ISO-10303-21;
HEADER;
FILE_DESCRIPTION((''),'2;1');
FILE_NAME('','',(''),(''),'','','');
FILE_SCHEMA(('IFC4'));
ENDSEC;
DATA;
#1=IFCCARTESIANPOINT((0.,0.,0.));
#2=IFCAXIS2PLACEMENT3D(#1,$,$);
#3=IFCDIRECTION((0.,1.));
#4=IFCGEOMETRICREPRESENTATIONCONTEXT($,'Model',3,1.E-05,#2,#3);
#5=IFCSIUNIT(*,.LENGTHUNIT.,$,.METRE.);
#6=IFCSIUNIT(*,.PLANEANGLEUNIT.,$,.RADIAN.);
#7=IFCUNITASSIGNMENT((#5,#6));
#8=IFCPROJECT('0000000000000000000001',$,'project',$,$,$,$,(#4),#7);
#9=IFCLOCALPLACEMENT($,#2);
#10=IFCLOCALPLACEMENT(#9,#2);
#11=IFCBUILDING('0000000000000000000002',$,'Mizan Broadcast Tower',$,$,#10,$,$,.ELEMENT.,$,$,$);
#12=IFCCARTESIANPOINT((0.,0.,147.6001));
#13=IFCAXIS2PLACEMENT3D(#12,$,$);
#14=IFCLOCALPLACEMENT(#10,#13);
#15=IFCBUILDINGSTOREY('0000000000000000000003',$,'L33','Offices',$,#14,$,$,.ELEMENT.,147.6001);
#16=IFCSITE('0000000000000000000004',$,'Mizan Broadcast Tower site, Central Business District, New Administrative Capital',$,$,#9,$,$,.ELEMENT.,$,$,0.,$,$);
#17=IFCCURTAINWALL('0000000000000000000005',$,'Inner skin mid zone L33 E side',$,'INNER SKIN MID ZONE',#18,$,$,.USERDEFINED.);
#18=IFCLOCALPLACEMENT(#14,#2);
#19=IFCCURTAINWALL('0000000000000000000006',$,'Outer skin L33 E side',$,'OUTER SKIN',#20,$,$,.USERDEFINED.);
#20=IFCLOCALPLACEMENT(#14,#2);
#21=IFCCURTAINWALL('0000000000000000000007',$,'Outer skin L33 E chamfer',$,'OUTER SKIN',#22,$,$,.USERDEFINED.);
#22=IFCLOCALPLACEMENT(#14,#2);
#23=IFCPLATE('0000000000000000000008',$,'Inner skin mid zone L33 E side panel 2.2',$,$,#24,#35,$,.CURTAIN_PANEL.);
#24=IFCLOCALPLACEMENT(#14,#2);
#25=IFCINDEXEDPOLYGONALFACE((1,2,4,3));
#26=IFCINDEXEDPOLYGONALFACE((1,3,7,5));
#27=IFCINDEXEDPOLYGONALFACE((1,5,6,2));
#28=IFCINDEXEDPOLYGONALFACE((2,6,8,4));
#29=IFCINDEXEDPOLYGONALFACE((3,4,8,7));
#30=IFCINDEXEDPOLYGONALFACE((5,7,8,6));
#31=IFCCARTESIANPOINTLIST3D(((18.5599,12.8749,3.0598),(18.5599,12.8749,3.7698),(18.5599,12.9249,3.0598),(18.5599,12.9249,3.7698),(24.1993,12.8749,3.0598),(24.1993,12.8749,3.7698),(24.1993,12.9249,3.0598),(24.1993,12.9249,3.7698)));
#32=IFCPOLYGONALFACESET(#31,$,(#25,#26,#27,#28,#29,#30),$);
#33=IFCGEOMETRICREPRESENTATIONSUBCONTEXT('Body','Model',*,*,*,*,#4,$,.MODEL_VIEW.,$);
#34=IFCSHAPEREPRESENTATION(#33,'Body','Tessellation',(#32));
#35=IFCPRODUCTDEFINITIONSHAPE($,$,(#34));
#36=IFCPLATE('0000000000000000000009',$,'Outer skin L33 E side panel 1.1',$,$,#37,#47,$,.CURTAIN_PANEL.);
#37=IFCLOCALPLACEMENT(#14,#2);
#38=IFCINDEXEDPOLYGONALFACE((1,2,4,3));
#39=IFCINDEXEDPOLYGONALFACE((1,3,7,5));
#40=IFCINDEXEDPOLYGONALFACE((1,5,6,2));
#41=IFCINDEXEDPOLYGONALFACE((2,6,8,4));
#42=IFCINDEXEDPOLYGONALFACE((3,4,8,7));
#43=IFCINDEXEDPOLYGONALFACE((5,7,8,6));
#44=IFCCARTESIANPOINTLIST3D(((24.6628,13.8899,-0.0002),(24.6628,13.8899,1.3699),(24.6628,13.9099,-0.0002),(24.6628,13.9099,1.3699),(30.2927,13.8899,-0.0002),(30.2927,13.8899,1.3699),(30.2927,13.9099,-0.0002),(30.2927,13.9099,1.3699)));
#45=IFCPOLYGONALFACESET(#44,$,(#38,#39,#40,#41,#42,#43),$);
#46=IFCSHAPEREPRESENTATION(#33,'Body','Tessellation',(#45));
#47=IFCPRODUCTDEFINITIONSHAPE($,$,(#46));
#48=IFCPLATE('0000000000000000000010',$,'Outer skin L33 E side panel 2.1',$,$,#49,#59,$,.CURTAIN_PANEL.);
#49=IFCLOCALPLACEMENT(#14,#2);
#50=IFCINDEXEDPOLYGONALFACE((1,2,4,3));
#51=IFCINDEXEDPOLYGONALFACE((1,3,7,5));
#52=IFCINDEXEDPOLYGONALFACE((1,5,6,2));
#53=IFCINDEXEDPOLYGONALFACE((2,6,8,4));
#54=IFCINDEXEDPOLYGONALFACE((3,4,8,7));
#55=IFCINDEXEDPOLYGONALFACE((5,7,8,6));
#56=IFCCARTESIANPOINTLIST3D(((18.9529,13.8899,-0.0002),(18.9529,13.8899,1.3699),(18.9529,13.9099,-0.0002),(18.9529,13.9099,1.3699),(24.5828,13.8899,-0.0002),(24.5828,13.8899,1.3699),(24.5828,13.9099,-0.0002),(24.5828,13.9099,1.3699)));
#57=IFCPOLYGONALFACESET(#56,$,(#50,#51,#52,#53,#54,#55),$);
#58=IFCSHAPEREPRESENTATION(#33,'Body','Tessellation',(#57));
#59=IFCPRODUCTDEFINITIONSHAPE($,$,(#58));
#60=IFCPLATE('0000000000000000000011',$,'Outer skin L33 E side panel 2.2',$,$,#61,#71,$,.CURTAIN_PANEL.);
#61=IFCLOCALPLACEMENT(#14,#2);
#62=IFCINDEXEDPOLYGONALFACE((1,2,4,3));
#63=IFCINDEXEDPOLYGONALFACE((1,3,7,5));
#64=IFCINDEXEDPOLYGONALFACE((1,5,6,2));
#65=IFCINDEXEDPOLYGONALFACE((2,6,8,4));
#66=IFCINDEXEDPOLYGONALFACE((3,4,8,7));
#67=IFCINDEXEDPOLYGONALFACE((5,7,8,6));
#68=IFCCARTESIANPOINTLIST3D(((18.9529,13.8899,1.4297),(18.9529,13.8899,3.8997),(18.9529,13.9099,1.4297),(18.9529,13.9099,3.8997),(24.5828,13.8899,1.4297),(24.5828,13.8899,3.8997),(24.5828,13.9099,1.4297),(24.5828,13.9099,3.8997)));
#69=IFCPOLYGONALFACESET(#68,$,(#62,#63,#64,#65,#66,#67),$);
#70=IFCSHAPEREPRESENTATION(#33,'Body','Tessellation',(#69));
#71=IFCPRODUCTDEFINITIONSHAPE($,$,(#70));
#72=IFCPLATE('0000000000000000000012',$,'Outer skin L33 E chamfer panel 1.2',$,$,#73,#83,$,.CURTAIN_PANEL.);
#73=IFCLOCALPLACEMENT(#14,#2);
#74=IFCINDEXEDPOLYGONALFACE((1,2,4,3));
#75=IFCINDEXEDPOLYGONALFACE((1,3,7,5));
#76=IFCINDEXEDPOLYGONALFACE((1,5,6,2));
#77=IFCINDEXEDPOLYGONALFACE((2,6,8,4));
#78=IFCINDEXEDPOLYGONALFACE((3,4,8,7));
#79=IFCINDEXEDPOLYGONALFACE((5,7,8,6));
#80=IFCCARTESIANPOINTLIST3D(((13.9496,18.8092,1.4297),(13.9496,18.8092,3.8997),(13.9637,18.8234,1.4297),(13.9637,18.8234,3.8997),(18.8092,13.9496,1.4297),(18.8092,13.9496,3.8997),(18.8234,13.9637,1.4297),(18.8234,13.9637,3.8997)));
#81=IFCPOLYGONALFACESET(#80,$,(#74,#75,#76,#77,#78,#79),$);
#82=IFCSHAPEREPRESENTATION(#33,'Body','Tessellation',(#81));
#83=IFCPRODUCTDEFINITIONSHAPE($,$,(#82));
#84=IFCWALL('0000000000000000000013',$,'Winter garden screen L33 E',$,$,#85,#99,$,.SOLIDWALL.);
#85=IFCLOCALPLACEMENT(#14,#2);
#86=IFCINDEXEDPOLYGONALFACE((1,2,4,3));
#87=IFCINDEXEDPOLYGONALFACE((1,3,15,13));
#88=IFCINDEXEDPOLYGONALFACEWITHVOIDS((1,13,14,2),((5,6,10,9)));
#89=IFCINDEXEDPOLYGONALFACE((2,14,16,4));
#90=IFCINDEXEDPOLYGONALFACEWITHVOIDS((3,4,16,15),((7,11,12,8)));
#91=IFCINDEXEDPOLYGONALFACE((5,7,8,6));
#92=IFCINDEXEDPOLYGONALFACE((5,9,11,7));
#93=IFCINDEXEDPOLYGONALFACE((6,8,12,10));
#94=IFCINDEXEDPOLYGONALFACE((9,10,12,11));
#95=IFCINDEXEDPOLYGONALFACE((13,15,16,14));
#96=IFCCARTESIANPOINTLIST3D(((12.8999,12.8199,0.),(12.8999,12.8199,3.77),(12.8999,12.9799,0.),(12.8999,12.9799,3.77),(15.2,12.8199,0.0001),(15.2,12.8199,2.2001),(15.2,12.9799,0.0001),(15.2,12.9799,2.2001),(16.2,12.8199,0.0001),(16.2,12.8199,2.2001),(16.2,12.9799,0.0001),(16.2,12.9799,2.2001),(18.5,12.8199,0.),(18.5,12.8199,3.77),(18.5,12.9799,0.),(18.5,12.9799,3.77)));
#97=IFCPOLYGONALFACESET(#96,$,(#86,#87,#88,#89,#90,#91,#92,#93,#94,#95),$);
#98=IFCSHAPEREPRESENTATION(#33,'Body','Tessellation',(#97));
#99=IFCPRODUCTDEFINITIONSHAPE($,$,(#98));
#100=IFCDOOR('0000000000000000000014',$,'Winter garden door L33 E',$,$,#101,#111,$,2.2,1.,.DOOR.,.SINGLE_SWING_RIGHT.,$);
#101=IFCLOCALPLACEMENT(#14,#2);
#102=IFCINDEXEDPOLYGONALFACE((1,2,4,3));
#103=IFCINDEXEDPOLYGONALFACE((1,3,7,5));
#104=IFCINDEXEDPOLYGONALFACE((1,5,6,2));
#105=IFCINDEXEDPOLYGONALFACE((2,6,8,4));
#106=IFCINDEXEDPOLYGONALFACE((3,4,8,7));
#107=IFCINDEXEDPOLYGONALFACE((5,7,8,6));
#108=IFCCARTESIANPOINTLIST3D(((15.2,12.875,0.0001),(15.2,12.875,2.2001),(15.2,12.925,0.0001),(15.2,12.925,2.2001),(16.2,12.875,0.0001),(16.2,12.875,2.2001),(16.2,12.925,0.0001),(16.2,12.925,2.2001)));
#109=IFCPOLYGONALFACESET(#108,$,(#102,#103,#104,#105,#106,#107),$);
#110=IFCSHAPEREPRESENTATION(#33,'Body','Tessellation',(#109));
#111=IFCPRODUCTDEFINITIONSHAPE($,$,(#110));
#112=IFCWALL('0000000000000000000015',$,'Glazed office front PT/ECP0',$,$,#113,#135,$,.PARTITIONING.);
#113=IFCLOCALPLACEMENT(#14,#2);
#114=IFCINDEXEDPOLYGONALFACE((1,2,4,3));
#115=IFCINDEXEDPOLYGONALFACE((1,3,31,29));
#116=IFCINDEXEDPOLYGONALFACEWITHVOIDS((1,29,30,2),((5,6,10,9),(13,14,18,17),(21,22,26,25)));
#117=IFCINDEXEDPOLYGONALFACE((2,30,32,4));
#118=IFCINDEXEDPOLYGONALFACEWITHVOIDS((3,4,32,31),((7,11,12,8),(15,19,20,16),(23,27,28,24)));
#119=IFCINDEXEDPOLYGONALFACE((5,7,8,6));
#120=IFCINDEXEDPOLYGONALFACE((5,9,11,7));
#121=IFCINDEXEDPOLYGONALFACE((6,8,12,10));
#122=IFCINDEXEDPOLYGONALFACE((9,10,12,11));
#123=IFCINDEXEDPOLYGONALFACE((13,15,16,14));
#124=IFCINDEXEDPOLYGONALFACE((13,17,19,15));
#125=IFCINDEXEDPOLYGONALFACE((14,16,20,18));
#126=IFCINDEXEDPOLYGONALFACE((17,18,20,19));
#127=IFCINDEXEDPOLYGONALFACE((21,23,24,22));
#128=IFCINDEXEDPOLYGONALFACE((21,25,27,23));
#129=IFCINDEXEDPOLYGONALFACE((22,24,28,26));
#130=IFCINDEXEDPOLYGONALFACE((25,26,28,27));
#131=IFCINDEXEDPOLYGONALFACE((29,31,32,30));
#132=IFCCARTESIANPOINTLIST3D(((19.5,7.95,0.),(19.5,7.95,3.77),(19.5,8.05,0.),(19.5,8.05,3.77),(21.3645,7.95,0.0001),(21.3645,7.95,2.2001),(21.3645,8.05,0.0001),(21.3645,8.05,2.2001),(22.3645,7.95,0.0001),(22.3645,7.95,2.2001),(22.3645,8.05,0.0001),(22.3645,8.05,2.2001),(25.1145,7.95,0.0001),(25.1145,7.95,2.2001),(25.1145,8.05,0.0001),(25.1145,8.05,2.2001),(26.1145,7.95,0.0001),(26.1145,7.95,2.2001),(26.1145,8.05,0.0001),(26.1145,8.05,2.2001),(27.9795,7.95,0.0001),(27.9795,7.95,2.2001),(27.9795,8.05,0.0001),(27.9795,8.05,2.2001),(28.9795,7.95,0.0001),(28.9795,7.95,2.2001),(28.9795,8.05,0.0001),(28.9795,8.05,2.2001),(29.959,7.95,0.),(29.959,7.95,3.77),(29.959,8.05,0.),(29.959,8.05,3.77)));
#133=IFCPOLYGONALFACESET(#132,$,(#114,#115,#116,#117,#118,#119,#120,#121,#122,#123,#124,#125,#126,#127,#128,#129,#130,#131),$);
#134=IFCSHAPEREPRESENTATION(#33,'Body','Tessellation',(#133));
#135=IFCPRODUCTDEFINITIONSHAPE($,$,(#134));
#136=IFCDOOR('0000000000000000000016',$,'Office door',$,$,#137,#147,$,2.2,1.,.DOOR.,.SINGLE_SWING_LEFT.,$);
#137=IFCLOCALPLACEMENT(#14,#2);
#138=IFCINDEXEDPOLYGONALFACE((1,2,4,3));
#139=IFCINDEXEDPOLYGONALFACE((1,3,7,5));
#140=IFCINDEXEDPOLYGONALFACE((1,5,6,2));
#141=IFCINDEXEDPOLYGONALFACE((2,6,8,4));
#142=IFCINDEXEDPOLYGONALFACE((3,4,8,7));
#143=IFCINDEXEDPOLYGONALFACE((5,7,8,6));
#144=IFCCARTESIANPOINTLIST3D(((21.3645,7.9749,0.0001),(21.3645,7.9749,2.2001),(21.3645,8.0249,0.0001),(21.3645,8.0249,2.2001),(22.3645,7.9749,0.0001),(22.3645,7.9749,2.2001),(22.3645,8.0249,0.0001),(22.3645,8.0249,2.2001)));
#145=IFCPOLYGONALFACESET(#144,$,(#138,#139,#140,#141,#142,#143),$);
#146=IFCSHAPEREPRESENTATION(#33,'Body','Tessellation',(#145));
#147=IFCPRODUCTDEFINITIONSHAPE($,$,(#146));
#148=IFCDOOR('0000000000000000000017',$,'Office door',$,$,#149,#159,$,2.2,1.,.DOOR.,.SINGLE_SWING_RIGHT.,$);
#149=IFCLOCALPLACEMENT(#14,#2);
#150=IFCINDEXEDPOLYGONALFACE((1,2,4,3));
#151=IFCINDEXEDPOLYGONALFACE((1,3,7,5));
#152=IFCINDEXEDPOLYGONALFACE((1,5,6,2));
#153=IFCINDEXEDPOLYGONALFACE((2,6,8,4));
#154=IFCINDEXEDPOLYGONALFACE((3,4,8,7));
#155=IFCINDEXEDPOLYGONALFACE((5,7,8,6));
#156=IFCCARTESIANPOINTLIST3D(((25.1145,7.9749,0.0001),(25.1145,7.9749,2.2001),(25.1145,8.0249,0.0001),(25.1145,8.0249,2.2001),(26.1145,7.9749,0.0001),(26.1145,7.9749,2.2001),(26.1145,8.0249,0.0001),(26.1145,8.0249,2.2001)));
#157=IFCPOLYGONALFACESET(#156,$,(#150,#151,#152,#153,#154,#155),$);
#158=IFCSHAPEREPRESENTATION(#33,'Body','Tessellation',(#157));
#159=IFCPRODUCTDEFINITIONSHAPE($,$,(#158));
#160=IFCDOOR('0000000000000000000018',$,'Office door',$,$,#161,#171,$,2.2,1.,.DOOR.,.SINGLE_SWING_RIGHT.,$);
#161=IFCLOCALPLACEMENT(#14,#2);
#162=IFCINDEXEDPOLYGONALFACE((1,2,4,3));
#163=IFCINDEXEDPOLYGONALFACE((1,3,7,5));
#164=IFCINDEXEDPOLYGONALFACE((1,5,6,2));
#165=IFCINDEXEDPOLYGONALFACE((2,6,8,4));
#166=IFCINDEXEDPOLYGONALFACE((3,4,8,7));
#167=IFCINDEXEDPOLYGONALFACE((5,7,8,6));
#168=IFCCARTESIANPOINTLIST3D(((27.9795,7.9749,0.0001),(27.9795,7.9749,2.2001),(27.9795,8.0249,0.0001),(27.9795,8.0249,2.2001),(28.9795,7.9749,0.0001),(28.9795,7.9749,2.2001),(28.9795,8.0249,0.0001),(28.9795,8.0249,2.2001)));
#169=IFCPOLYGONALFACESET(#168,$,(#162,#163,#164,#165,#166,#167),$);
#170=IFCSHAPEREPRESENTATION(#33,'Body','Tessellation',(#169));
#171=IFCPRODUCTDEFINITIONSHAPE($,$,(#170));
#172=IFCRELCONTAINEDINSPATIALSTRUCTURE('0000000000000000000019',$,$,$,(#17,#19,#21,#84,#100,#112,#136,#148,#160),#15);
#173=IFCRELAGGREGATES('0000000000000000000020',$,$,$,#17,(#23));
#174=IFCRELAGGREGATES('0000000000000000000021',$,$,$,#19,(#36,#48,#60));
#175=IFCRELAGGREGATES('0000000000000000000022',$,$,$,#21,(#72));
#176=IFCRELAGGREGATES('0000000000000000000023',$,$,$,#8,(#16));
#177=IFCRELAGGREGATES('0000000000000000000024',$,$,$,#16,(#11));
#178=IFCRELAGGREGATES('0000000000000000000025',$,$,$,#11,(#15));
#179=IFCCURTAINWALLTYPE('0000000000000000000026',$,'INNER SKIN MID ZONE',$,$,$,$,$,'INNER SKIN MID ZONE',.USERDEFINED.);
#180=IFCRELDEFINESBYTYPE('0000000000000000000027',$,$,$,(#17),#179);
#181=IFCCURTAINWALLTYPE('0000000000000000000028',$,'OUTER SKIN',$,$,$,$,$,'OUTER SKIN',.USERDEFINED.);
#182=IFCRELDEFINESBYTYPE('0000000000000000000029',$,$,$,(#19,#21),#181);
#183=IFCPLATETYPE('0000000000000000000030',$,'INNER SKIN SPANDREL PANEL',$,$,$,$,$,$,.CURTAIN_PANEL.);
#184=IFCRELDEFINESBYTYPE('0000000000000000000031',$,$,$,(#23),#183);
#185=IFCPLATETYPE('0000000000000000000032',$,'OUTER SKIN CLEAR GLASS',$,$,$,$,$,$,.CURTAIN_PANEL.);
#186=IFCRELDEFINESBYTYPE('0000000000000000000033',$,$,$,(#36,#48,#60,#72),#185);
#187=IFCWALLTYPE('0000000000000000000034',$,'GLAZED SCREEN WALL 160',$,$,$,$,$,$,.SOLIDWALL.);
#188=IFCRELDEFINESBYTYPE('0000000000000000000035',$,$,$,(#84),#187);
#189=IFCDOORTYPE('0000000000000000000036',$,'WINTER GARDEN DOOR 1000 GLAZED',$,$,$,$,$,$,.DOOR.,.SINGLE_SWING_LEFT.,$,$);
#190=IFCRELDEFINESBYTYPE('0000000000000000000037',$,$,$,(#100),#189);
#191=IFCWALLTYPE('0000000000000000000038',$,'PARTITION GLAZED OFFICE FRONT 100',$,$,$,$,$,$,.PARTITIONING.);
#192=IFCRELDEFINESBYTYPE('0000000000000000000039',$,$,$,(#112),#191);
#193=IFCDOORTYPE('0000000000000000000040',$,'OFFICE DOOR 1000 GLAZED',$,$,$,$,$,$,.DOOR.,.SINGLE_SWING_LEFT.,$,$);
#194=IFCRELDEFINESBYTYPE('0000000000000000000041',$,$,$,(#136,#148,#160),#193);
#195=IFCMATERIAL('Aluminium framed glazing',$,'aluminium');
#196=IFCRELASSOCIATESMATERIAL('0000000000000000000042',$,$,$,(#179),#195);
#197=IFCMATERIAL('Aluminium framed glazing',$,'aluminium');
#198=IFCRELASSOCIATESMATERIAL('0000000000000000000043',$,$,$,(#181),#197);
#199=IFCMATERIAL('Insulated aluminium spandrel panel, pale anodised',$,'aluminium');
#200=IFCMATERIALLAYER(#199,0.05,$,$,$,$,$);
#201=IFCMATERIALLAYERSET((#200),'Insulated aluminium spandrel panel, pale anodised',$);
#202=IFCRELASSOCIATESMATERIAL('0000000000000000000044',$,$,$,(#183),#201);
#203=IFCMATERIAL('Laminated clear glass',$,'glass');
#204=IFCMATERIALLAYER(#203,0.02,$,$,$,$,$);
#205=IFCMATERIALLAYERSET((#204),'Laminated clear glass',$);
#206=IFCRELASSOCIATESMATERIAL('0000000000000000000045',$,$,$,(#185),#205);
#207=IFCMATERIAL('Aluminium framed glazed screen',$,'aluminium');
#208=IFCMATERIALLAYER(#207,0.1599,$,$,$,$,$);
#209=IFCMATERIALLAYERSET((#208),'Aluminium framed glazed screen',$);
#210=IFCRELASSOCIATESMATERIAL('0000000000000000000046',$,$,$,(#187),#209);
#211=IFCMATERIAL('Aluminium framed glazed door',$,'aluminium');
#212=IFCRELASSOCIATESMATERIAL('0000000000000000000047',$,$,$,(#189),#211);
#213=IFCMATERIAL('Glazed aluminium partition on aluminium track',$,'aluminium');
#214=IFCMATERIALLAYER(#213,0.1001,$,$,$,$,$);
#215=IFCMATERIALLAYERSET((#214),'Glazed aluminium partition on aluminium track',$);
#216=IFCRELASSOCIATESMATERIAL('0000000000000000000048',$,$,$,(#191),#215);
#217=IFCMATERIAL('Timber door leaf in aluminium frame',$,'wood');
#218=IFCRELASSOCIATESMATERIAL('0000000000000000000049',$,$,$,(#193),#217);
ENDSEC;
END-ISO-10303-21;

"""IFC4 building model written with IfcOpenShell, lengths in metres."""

from ifc_helpers import new_model, si_unit, direction, frame, frame_2d, origin, origin_2d, place, context, subcontext, project, spatial, rectangle, extrude, material, layer, layer_set, type_object, element, fill, aggregate, save


model = new_model("IFC4")

# Units and contexts
model_context = context("Model", 3, precision=1e-05, world=origin(), true_north=direction((0.0, 1.0)))
body_context = subcontext(model_context, "Body", "Model", "MODEL_VIEW")
ifc_project = project(units=[si_unit("LENGTHUNIT", "METRE"), si_unit("PLANEANGLEUNIT", "RADIAN")], contexts=[model_context])

# Site, building, storey
site_placement = place(None, origin())
site = spatial("IfcSite", under=ifc_project, at=site_placement, Name="Mizan Broadcast Tower site, Central Business District, New Administrative Capital", CompositionType="ELEMENT", RefElevation=0.0)
building_placement = place(site_placement, origin())
building = spatial("IfcBuilding", under=site, at=building_placement, Name="Mizan Broadcast Tower", CompositionType="ELEMENT")
storey_placement = place(building_placement, frame((0.0, 0.0, 147.6001)))
storey = spatial("IfcBuildingStorey", under=building, at=storey_placement, Name="L33", Description="Offices", CompositionType="ELEMENT", Elevation=147.6001)

# Curtain walls
ifc_material_1 = material(Name="Aluminium framed glazing", Category="aluminium")
curtain_wall_type_1 = type_object("IfcCurtainWallType", Name="INNER SKIN MID ZONE", ElementType="INNER SKIN MID ZONE", PredefinedType="USERDEFINED", material=ifc_material_1)
curtain_wall_1_placement = place(storey_placement, origin())
curtain_wall_1 = element("IfcCurtainWall", 1, at=curtain_wall_1_placement, inside=storey, type_object=curtain_wall_type_1, Name="Inner skin mid zone L33 E side", ObjectType="INNER SKIN MID ZONE", PredefinedType="USERDEFINED")
ifc_material_2 = material(Name="Aluminium framed glazing", Category="aluminium")
curtain_wall_type_2 = type_object("IfcCurtainWallType", Name="OUTER SKIN", ElementType="OUTER SKIN", PredefinedType="USERDEFINED", material=ifc_material_2)
curtain_wall_2_placement = place(storey_placement, origin())
curtain_wall_2 = element("IfcCurtainWall", 2, at=curtain_wall_2_placement, inside=storey, type_object=curtain_wall_type_2, Name="Outer skin L33 E side", ObjectType="OUTER SKIN", PredefinedType="USERDEFINED")

# Curtain wall
curtain_wall_3_placement = place(storey_placement, origin())
curtain_wall_3 = element("IfcCurtainWall", 3, at=curtain_wall_3_placement, inside=storey, type_object=curtain_wall_type_2, Name="Outer skin L33 E chamfer", ObjectType="OUTER SKIN", PredefinedType="USERDEFINED")

# Plates
ifc_material_3 = material(Name="Insulated aluminium spandrel panel, pale anodised", Category="aluminium")
ifc_layer_1 = layer(ifc_material_3, 0.05)
ifc_layer_set_1 = layer_set([ifc_layer_1], Name="Insulated aluminium spandrel panel, pale anodised")
plate_type_1 = type_object("IfcPlateType", Name="INNER SKIN SPANDREL PANEL", PredefinedType="CURTAIN_PANEL", material=ifc_layer_set_1)
plate_1_placement = place(storey_placement, frame((21.3796, 12.8999, 3.0598), z_axis=(0.0, 0.0, 1.0), x_axis=(-1.0, 0.0, 0.0)))
plate_1 = element("IfcPlate", 4, at=plate_1_placement, type_object=plate_type_1, Name="Inner skin mid zone L33 E side panel 2.2", PredefinedType="CURTAIN_PANEL", context=body_context, shape_type="SweptSolid", body=[
    extrude(rectangle(XDim=5.6394, YDim=0.05, at=origin_2d()), origin(), (0.0, 0.0, 1.0), 0.71),
])
aggregate(curtain_wall_1, [plate_1])
ifc_material_4 = material(Name="Laminated clear glass", Category="glass")
ifc_layer_2 = layer(ifc_material_4, 0.02)
ifc_layer_set_2 = layer_set([ifc_layer_2], Name="Laminated clear glass")
plate_type_2 = type_object("IfcPlateType", Name="OUTER SKIN CLEAR GLASS", PredefinedType="CURTAIN_PANEL", material=ifc_layer_set_2)
plate_2_placement = place(storey_placement, frame((27.4778, 13.8999, -0.0002), z_axis=(0.0, 0.0, 1.0), x_axis=(-1.0, 0.0, 0.0)))
plate_2 = element("IfcPlate", 5, at=plate_2_placement, type_object=plate_type_2, Name="Outer skin L33 E side panel 1.1", PredefinedType="CURTAIN_PANEL", context=body_context, shape_type="SweptSolid", body=[
    extrude(rectangle(XDim=5.6299, YDim=0.02, at=origin_2d()), origin(), (0.0, 0.0, 1.0), 1.3701),
])
plate_3_placement = place(storey_placement, frame((21.7678, 13.8999, -0.0002), z_axis=(0.0, 0.0, 1.0), x_axis=(-1.0, 0.0, 0.0)))
plate_3 = element("IfcPlate", 6, at=plate_3_placement, type_object=plate_type_2, Name="Outer skin L33 E side panel 2.1", PredefinedType="CURTAIN_PANEL", context=body_context, shape_type="SweptSolid", body=[
    extrude(rectangle(XDim=5.6299, YDim=0.02, at=origin_2d()), origin(), (0.0, 0.0, 1.0), 1.3701),
])
plate_4_placement = place(storey_placement, frame((21.7678, 13.8999, 1.4297), z_axis=(0.0, 0.0, 1.0), x_axis=(-1.0, 0.0, 0.0)))
plate_4 = element("IfcPlate", 7, at=plate_4_placement, type_object=plate_type_2, Name="Outer skin L33 E side panel 2.2", PredefinedType="CURTAIN_PANEL", context=body_context, shape_type="SweptSolid", body=[
    extrude(rectangle(XDim=5.6299, YDim=0.02, at=origin_2d()), origin(), (0.0, 0.0, 1.0), 2.47),
])
aggregate(curtain_wall_2, [plate_2, plate_3, plate_4])
plate_5_placement = place(storey_placement, frame((16.3865, 16.3865, 1.4297), z_axis=(0.0, 0.0, 1.0), x_axis=(-0.707107, 0.707107, 0.0)))
plate_5 = element("IfcPlate", 8, at=plate_5_placement, type_object=plate_type_2, Name="Outer skin L33 E chamfer panel 1.2", PredefinedType="CURTAIN_PANEL", context=body_context, shape_type="SweptSolid", body=[
    extrude(rectangle(XDim=6.8726, YDim=0.02, at=origin_2d()), origin(), (0.0, 0.0, 1.0), 2.47),
])
aggregate(curtain_wall_3, [plate_5])

# Wall, opening, door
ifc_material_5 = material(Name="Aluminium framed glazed screen", Category="aluminium")
ifc_layer_3 = layer(ifc_material_5, 0.1599)
ifc_layer_set_3 = layer_set([ifc_layer_3], Name="Aluminium framed glazed screen")
wall_type_1 = type_object("IfcWallType", Name="GLAZED SCREEN WALL 160", PredefinedType="SOLIDWALL", material=ifc_layer_set_3)
wall_1_placement = place(storey_placement, frame((18.5, 12.8999, 0.0), z_axis=(0.0, 0.0, 1.0), x_axis=(-1.0, 0.0, 0.0)))
wall_1 = element("IfcWall", 9, at=wall_1_placement, inside=storey, type_object=wall_type_1, Name="Winter garden screen L33 E", PredefinedType="SOLIDWALL", context=body_context, shape_type="SweptSolid", body=[
    extrude(rectangle(XDim=5.6001, YDim=0.1599, at=frame_2d((2.8, 0.0))), origin(), (0.0, 0.0, 1.0), 3.77),
])
opening_1_placement = place(wall_1_placement, frame((2.3, 0.0, 0.0)))
opening_1 = element("IfcOpeningElement", 10, at=opening_1_placement, cuts=wall_1, PredefinedType="OPENING", context=body_context, shape_type="SweptSolid", body=[
    extrude(rectangle(XDim=1.0, YDim=2.2, at=frame_2d((0.5, 1.1001))), frame((0.0, 0.0898, 0.0), z_axis=(0.0, -1.0, 0.0), x_axis=(1.0, 0.0, 0.0)), (0.0, 0.0, 1.0), 0.1799),
])
ifc_material_6 = material(Name="Aluminium framed glazed door", Category="aluminium")
door_type_1 = type_object("IfcDoorType", Name="WINTER GARDEN DOOR 1000 GLAZED", OperationType="SINGLE_SWING_LEFT", PredefinedType="DOOR", material=ifc_material_6)
door_1_placement = place(opening_1_placement, origin())
door_1 = element("IfcDoor", 11, at=door_1_placement, inside=storey, type_object=door_type_1, Name="Winter garden door L33 E", OperationType="SINGLE_SWING_RIGHT", OverallHeight=2.2, OverallWidth=1.0, PredefinedType="DOOR", context=body_context, shape_type="SweptSolid", body=[
    extrude(rectangle(XDim=1.0, YDim=2.2, at=frame_2d((0.5, 1.1001))), frame((0.0, 0.0249, 0.0), z_axis=(0.0, -1.0, 0.0), x_axis=(1.0, 0.0, 0.0)), (0.0, 0.0, 1.0), 0.05),
])
fill(opening_1, door_1)

# Wall, openings, doors
ifc_material_7 = material(Name="Glazed aluminium partition on aluminium track", Category="aluminium")
ifc_layer_4 = layer(ifc_material_7, 0.1001)
ifc_layer_set_4 = layer_set([ifc_layer_4], Name="Glazed aluminium partition on aluminium track")
wall_type_2 = type_object("IfcWallType", Name="PARTITION GLAZED OFFICE FRONT 100", PredefinedType="PARTITIONING", material=ifc_layer_set_4)
wall_2_placement = place(storey_placement, frame((19.5, 8.0, 0.0), z_axis=(0.0, 0.0, 1.0), x_axis=(1.0, 0.0, 0.0)))
wall_2 = element("IfcWall", 12, at=wall_2_placement, inside=storey, type_object=wall_type_2, Name="Glazed office front PT/ECP0", PredefinedType="PARTITIONING", context=body_context, shape_type="SweptSolid", body=[
    extrude(rectangle(XDim=10.459, YDim=0.1001, at=frame_2d((5.2295, 0.0))), origin(), (0.0, 0.0, 1.0), 3.77),
])
opening_2_placement = place(wall_2_placement, frame((1.8645, 0.0, 0.0)))
opening_2 = element("IfcOpeningElement", 13, at=opening_2_placement, cuts=wall_2, PredefinedType="OPENING", context=body_context, shape_type="SweptSolid", body=[
    extrude(rectangle(XDim=1.0, YDim=2.2, at=frame_2d((0.5, 1.1001))), frame((0.0, 0.0601, 0.0), z_axis=(0.0, -1.0, 0.0), x_axis=(1.0, 0.0, 0.0)), (0.0, 0.0, 1.0), 0.1201),
])
opening_3_placement = place(wall_2_placement, frame((5.6145, 0.0, 0.0)))
opening_3 = element("IfcOpeningElement", 14, at=opening_3_placement, cuts=wall_2, PredefinedType="OPENING", context=body_context, shape_type="SweptSolid", body=[
    extrude(rectangle(XDim=1.0, YDim=2.2, at=frame_2d((0.5, 1.1001))), frame((0.0, 0.0601, 0.0), z_axis=(0.0, -1.0, 0.0), x_axis=(1.0, 0.0, 0.0)), (0.0, 0.0, 1.0), 0.1201),
])
opening_4_placement = place(wall_2_placement, frame((8.4795, 0.0, 0.0)))
opening_4 = element("IfcOpeningElement", 15, at=opening_4_placement, cuts=wall_2, PredefinedType="OPENING", context=body_context, shape_type="SweptSolid", body=[
    extrude(rectangle(XDim=1.0, YDim=2.2, at=frame_2d((0.5, 1.1001))), frame((0.0, 0.0601, 0.0), z_axis=(0.0, -1.0, 0.0), x_axis=(1.0, 0.0, 0.0)), (0.0, 0.0, 1.0), 0.1201),
])
ifc_material_8 = material(Name="Timber door leaf in aluminium frame", Category="wood")
door_type_2 = type_object("IfcDoorType", Name="OFFICE DOOR 1000 GLAZED", OperationType="SINGLE_SWING_LEFT", PredefinedType="DOOR", material=ifc_material_8)
door_2_placement = place(opening_2_placement, origin())
door_2 = element("IfcDoor", 16, at=door_2_placement, inside=storey, type_object=door_type_2, Name="Office door", OperationType="SINGLE_SWING_LEFT", OverallHeight=2.2, OverallWidth=1.0, PredefinedType="DOOR", context=body_context, shape_type="SweptSolid", body=[
    extrude(rectangle(XDim=1.0, YDim=2.2, at=frame_2d((0.5, 1.1001))), frame((0.0, 0.0249, 0.0), z_axis=(0.0, -1.0, 0.0), x_axis=(1.0, 0.0, 0.0)), (0.0, 0.0, 1.0), 0.05),
])
fill(opening_2, door_2)
door_3_placement = place(opening_3_placement, origin())
door_3 = element("IfcDoor", 17, at=door_3_placement, inside=storey, type_object=door_type_2, Name="Office door", OperationType="SINGLE_SWING_RIGHT", OverallHeight=2.2, OverallWidth=1.0, PredefinedType="DOOR", context=body_context, shape_type="SweptSolid", body=[
    extrude(rectangle(XDim=1.0, YDim=2.2, at=frame_2d((0.5, 1.1001))), frame((0.0, 0.0249, 0.0), z_axis=(0.0, -1.0, 0.0), x_axis=(1.0, 0.0, 0.0)), (0.0, 0.0, 1.0), 0.05),
])
fill(opening_3, door_3)
door_4_placement = place(opening_4_placement, origin())
door_4 = element("IfcDoor", 18, at=door_4_placement, inside=storey, type_object=door_type_2, Name="Office door", OperationType="SINGLE_SWING_RIGHT", OverallHeight=2.2, OverallWidth=1.0, PredefinedType="DOOR", context=body_context, shape_type="SweptSolid", body=[
    extrude(rectangle(XDim=1.0, YDim=2.2, at=frame_2d((0.5, 1.1001))), frame((0.0, 0.0249, 0.0), z_axis=(0.0, -1.0, 0.0), x_axis=(1.0, 0.0, 0.0)), (0.0, 0.0, 1.0), 0.05),
])
fill(opening_4, door_4)

save(model, "model.ifc")
